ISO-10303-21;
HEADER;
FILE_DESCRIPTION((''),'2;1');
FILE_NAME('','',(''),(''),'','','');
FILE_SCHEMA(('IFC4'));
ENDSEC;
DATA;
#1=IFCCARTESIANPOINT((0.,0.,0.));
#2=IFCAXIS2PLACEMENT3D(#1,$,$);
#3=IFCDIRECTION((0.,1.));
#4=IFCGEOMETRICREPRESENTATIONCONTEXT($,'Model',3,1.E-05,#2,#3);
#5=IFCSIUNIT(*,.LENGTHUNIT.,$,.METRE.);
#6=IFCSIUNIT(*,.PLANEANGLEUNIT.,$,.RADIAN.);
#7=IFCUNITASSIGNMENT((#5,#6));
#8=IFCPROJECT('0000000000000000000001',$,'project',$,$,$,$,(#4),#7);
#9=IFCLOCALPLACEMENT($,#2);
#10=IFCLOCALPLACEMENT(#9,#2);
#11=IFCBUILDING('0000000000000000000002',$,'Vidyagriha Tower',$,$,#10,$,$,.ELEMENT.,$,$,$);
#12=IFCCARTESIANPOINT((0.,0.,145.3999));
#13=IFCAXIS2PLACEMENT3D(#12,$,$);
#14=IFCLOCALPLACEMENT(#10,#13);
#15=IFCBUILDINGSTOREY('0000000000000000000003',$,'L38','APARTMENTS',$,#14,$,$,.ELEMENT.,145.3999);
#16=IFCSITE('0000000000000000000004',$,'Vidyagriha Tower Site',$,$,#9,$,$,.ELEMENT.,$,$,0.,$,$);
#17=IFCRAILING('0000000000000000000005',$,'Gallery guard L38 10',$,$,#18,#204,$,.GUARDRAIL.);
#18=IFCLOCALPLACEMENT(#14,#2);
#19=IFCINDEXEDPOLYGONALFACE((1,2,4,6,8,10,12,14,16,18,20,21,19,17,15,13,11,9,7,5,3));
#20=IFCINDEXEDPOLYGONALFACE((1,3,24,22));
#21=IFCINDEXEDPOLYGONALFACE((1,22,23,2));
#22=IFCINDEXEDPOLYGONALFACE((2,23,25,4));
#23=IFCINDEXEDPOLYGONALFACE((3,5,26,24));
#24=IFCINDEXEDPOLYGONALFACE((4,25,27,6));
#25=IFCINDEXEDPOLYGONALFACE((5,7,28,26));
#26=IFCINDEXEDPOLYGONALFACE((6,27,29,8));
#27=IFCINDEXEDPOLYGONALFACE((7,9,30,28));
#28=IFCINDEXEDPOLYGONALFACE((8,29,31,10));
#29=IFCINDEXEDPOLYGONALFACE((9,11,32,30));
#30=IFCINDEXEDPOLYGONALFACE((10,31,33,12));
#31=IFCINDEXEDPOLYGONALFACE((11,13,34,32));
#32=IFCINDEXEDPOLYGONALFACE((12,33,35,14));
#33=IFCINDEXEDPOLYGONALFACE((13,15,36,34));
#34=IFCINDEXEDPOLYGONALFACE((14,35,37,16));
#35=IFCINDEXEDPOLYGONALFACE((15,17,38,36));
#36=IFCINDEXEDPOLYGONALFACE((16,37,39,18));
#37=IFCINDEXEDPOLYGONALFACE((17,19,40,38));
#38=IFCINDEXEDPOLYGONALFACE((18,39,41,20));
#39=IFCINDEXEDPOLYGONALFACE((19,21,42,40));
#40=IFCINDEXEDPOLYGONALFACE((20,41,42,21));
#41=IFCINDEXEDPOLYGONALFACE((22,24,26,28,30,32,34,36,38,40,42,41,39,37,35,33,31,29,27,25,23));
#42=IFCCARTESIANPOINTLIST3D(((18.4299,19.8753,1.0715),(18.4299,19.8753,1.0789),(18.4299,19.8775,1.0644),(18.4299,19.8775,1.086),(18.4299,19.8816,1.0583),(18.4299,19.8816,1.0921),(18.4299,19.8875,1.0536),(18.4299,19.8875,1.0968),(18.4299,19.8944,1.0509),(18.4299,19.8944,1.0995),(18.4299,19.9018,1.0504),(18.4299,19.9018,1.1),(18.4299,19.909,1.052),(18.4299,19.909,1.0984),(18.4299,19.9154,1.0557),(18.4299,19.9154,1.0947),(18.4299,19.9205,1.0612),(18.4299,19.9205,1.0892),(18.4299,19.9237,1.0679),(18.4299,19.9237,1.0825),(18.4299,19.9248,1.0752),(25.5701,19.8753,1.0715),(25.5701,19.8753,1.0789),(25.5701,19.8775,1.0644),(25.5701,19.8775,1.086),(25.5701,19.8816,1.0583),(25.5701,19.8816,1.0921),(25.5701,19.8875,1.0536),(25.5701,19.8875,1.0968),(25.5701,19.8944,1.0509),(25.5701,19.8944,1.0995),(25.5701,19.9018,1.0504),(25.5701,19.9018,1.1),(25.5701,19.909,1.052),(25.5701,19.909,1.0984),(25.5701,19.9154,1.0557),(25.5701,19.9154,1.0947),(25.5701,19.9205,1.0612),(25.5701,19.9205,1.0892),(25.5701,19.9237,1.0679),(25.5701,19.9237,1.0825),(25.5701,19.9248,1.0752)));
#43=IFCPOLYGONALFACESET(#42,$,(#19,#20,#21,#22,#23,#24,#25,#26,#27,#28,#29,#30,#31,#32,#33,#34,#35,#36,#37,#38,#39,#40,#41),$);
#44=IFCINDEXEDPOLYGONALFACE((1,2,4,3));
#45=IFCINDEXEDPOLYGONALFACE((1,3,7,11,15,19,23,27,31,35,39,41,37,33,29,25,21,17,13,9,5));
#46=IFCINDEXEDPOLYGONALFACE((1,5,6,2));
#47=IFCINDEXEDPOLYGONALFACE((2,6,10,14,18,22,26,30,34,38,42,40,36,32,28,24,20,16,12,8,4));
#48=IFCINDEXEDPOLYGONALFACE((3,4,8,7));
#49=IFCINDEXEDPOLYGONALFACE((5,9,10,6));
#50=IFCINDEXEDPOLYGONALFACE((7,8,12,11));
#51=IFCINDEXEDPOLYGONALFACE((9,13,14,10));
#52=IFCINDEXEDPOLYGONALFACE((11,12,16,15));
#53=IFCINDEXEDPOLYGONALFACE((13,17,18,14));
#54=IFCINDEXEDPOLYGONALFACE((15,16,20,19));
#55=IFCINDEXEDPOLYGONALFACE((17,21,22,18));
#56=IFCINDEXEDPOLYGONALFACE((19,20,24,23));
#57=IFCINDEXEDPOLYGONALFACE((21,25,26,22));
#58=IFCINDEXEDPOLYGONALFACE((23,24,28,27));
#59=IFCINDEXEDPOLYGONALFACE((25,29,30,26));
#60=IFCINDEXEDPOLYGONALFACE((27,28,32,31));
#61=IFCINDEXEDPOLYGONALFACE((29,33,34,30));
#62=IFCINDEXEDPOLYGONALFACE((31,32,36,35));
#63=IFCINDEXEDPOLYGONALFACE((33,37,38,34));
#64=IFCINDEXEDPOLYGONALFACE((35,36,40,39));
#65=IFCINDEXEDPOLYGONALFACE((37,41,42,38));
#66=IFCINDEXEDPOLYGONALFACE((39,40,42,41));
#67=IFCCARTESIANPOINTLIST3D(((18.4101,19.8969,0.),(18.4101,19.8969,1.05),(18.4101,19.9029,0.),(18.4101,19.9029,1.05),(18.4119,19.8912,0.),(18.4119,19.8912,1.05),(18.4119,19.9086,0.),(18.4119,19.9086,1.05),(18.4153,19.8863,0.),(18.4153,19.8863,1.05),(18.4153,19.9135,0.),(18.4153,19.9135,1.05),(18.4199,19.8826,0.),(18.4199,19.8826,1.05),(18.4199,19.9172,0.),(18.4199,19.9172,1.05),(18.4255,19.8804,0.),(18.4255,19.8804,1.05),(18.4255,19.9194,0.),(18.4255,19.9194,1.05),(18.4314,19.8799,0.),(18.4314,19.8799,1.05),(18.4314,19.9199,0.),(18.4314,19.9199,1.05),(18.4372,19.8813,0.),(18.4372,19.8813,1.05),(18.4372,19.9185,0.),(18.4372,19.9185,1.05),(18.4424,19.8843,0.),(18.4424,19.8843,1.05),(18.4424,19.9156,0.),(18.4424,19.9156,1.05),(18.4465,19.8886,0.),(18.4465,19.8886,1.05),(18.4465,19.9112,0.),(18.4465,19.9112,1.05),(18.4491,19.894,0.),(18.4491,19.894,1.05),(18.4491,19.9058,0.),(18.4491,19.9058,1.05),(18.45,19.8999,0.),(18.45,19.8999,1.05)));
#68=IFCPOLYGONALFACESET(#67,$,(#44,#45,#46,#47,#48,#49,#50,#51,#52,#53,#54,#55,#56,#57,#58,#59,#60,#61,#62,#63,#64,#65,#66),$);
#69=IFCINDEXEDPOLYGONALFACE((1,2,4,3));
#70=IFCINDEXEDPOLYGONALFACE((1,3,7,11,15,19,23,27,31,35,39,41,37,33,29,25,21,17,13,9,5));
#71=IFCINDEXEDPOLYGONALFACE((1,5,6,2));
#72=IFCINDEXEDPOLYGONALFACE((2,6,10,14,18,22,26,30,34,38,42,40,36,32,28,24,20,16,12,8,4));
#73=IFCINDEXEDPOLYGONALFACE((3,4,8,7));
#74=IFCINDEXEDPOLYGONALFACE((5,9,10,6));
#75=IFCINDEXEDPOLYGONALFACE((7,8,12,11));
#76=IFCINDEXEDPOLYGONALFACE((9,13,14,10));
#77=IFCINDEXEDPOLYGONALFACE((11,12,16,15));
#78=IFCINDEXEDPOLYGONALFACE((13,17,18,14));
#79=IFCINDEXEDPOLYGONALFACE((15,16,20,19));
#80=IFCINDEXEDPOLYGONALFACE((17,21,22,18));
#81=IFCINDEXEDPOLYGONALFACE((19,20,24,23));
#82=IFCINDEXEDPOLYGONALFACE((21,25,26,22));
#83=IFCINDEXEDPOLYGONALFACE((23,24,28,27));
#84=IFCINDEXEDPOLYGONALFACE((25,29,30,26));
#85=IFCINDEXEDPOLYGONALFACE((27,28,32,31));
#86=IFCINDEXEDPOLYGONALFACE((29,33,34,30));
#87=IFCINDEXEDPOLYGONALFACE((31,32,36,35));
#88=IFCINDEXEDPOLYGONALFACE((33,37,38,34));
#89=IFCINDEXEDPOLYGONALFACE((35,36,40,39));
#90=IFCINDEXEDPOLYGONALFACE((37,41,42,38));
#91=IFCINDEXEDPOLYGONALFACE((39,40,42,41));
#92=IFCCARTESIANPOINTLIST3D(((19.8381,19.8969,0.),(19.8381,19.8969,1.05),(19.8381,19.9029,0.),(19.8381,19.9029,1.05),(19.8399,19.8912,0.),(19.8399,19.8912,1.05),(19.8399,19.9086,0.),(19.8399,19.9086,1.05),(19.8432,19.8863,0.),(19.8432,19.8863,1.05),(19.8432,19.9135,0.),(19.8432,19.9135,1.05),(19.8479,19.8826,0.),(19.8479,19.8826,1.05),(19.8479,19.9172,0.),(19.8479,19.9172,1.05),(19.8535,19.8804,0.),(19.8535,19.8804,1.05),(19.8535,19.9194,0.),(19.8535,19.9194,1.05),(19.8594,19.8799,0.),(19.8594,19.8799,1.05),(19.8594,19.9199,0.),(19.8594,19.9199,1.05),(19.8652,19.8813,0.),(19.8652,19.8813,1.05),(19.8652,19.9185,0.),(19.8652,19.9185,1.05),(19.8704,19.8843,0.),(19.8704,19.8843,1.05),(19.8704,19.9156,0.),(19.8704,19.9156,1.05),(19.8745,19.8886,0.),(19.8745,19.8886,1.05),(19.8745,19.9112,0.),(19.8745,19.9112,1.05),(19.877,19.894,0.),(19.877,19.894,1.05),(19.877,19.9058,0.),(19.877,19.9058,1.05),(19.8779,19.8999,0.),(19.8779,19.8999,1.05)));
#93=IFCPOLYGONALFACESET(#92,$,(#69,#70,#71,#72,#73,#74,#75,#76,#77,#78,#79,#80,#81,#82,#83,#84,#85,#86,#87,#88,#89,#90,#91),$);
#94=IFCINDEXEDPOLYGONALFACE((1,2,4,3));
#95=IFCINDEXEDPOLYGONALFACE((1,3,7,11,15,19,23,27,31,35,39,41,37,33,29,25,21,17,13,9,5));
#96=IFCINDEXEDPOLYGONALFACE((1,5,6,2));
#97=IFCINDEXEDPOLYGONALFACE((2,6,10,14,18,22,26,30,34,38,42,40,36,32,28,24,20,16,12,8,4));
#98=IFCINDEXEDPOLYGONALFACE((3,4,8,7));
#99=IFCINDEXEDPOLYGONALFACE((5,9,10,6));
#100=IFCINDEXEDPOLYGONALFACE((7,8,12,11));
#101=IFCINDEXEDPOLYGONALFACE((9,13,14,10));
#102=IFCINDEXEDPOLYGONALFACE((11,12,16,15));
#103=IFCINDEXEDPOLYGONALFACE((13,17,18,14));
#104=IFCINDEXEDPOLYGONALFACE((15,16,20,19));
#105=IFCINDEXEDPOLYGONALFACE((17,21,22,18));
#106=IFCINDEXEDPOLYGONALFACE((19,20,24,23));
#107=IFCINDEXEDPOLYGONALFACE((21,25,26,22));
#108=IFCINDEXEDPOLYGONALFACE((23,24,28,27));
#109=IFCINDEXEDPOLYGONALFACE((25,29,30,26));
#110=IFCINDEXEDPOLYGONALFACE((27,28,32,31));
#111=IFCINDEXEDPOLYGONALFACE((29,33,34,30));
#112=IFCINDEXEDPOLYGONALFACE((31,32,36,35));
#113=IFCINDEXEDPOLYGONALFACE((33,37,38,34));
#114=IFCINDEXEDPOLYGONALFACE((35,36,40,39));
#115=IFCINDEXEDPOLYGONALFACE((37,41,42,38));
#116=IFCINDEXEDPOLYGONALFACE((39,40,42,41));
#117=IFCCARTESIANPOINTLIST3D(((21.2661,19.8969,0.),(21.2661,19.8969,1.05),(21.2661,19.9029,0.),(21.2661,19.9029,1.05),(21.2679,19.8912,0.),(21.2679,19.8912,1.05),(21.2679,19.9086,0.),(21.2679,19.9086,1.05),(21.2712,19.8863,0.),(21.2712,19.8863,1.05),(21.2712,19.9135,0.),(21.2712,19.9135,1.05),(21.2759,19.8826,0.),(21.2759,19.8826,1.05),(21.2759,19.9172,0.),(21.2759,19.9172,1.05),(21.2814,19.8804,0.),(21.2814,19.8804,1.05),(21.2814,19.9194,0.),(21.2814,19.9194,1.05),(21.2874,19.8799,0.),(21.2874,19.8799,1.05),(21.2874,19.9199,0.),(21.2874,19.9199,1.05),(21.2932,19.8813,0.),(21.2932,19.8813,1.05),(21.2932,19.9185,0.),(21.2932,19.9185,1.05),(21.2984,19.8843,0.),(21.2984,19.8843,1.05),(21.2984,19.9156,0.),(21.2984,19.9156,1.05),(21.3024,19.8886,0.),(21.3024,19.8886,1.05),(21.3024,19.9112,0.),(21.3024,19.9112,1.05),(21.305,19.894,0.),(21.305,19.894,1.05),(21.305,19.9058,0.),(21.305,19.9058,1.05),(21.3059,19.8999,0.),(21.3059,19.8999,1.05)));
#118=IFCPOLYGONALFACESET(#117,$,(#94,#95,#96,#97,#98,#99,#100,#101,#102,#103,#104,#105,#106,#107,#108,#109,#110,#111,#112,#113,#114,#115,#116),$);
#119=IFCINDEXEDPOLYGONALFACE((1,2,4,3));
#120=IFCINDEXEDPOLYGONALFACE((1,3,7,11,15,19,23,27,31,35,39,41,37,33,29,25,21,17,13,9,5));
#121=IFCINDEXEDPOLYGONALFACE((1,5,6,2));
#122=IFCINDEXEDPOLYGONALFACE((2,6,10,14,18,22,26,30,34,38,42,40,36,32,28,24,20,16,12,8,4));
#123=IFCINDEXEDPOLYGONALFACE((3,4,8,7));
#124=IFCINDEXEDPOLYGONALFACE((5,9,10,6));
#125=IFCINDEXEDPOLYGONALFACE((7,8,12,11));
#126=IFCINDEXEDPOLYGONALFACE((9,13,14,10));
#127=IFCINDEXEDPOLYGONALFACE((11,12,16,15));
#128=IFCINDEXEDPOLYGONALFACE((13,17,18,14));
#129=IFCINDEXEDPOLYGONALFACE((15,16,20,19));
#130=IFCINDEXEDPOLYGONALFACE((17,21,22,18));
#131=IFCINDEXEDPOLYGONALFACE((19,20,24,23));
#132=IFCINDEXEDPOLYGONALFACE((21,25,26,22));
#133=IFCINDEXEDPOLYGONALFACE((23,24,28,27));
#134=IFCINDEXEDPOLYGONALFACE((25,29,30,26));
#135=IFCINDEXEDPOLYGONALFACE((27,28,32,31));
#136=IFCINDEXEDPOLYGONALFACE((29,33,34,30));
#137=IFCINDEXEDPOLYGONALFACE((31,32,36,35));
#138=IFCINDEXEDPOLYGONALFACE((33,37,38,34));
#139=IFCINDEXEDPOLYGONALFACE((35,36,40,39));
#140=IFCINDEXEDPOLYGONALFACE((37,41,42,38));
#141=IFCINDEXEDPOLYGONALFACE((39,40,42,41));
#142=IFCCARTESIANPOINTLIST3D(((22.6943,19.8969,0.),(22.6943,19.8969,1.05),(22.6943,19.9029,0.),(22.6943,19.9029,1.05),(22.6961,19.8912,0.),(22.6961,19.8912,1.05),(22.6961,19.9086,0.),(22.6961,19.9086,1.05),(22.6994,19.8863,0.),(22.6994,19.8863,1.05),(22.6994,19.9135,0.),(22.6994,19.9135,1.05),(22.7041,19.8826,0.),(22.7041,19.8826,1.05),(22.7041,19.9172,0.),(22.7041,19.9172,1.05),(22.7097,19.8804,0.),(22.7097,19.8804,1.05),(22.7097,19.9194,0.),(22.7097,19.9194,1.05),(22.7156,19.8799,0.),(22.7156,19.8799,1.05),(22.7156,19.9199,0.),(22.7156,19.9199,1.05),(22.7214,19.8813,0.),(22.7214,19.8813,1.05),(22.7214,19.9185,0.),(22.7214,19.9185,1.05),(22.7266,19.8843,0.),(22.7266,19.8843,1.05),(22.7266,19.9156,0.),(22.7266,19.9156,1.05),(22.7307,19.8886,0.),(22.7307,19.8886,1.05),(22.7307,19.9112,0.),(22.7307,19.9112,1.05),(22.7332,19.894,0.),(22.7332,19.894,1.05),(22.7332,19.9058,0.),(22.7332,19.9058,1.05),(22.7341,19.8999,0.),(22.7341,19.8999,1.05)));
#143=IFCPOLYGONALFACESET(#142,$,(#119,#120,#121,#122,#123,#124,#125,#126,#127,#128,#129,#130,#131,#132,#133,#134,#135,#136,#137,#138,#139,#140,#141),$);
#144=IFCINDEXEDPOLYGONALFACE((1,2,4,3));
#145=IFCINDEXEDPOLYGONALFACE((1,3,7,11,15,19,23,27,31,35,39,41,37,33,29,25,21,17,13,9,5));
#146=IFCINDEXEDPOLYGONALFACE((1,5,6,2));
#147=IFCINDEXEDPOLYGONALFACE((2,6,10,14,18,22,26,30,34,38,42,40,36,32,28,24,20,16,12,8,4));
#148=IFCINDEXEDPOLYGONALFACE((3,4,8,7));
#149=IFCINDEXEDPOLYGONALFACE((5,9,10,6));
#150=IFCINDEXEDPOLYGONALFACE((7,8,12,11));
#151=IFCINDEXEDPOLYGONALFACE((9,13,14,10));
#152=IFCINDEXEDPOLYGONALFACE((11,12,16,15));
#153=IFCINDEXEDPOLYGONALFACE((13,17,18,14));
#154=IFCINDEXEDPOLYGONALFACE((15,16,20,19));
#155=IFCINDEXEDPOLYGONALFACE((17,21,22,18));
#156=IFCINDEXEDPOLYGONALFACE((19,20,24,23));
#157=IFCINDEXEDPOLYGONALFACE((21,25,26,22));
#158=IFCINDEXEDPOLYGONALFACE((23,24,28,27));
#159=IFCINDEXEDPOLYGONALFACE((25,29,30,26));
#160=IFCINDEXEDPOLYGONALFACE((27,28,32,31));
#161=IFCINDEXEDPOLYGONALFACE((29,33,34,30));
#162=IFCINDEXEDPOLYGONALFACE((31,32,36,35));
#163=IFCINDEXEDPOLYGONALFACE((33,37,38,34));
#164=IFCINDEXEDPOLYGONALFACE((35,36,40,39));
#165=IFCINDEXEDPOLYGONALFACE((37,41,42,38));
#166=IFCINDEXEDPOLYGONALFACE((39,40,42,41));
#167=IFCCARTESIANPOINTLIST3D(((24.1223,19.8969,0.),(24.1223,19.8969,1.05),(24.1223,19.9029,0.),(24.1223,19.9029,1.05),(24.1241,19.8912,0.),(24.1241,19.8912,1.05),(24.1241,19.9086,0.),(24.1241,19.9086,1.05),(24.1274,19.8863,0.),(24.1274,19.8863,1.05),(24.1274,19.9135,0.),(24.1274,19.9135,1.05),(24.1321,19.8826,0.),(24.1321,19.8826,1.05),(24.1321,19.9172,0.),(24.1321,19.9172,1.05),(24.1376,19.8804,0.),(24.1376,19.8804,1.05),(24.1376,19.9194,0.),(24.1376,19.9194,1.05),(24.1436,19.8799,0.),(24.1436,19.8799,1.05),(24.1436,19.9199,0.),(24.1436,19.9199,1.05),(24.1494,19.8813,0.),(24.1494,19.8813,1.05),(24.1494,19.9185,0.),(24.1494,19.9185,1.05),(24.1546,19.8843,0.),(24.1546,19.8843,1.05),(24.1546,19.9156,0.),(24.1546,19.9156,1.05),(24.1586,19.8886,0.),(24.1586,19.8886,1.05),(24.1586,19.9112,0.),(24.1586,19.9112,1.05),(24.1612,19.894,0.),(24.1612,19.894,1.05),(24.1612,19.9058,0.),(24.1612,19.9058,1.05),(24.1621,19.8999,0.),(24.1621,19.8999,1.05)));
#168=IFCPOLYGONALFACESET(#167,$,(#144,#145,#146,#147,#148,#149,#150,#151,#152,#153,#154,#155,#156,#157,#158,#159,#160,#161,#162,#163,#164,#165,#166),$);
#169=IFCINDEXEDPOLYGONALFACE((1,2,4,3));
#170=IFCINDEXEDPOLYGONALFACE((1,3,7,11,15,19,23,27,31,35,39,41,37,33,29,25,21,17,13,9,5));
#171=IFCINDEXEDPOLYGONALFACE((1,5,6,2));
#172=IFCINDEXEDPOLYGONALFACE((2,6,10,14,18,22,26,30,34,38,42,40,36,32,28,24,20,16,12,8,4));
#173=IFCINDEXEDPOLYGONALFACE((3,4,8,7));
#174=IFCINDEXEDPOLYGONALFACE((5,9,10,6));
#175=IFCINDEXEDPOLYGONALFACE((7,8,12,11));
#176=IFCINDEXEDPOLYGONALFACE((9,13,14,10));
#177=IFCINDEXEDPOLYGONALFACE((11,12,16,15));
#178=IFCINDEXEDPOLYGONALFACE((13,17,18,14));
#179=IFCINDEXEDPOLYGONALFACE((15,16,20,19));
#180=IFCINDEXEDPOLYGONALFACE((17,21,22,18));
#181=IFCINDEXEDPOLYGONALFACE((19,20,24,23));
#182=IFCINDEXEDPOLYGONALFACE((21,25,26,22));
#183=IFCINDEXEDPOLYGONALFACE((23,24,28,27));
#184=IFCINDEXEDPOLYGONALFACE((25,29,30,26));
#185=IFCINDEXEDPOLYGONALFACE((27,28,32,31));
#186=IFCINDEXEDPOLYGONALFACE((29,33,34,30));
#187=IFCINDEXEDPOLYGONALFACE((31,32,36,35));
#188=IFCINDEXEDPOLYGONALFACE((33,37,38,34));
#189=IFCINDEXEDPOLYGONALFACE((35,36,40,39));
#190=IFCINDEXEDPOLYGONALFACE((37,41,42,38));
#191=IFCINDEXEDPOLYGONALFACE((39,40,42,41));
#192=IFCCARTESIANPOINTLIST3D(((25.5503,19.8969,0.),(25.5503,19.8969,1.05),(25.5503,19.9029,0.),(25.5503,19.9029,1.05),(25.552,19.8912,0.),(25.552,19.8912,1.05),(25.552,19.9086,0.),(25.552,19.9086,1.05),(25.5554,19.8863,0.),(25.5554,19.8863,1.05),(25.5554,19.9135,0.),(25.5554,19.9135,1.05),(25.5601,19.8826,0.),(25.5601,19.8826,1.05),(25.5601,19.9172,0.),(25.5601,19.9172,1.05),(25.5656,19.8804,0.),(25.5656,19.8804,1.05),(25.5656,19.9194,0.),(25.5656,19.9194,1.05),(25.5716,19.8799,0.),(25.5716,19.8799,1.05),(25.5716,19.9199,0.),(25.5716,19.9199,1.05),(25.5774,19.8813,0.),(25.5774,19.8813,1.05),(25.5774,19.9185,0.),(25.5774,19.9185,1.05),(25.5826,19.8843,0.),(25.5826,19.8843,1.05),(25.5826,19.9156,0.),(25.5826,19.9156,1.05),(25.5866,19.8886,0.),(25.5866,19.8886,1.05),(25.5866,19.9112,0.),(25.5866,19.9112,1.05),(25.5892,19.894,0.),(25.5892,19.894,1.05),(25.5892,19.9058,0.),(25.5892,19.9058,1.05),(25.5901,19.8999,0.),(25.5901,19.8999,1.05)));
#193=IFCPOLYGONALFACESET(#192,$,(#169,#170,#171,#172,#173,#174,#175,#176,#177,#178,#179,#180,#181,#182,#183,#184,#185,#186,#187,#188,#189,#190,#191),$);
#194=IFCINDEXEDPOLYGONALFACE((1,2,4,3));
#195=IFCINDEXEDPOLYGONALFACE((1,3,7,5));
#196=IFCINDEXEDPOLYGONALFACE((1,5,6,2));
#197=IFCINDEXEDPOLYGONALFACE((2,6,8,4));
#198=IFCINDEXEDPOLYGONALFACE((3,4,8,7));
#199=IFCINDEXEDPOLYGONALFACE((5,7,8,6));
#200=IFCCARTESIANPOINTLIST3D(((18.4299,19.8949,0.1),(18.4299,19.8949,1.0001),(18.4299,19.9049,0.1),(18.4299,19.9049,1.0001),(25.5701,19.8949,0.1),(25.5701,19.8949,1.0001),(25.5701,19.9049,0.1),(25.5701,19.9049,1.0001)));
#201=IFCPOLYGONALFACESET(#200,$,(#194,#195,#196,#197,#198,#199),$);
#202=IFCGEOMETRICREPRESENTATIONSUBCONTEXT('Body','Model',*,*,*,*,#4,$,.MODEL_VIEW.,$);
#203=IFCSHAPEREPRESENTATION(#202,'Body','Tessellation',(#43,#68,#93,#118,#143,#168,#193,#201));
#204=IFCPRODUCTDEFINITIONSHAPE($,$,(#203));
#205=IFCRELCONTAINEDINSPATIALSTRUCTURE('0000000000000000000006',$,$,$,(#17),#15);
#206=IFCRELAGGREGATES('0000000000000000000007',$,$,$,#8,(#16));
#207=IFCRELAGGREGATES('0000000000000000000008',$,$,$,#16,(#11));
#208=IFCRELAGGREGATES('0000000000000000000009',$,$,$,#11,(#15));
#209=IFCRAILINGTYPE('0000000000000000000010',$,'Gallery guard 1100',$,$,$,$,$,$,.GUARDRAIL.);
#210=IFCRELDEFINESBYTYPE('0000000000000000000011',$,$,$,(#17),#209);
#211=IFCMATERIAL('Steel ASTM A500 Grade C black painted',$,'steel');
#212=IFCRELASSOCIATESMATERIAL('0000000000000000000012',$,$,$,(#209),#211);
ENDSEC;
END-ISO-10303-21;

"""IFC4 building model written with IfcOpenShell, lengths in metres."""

from ifc_helpers import new_model, si_unit, direction, frame, origin, origin_2d, place, context, subcontext, project, spatial, rectangle, circle, extrude, material, type_object, element, save


model = new_model("IFC4")

# Units and contexts
model_context = context("Model", 3, precision=1e-05, world=origin(), true_north=direction((0.0, 1.0)))
body_context = subcontext(model_context, "Body", "Model", "MODEL_VIEW")
ifc_project = project(units=[si_unit("LENGTHUNIT", "METRE"), si_unit("PLANEANGLEUNIT", "RADIAN")], contexts=[model_context])

# Site, building, storey
site_placement = place(None, origin())
site = spatial("IfcSite", under=ifc_project, at=site_placement, Name="Vidyagriha Tower Site", CompositionType="ELEMENT", RefElevation=0.0)
building_placement = place(site_placement, origin())
building = spatial("IfcBuilding", under=site, at=building_placement, Name="Vidyagriha Tower", CompositionType="ELEMENT")
storey_placement = place(building_placement, frame((0.0, 0.0, 145.3999)))
storey = spatial("IfcBuildingStorey", under=building, at=storey_placement, Name="L38", Description="APARTMENTS", CompositionType="ELEMENT", Elevation=145.3999)

# Railing
ifc_material_1 = material(Name="Steel ASTM A500 Grade C black painted", Category="steel")
railing_type = type_object("IfcRailingType", Name="Gallery guard 1100", PredefinedType="GUARDRAIL", material=ifc_material_1)
railing_1_placement = place(storey_placement, frame((18.4299, 19.8999, 0.0)))
element("IfcRailing", 1, at=railing_1_placement, inside=storey, type_object=railing_type, Name="Gallery guard L38 10", PredefinedType="GUARDRAIL", context=body_context, shape_type="SweptSolid", body=[
    extrude(circle(Radius=0.0249, at=origin_2d()), frame((0.0, 0.0, 1.0752), z_axis=(1.0, 0.0, 0.0), x_axis=(0.0, 1.0, 0.0)), (0.0, 0.0, 1.0), 7.1401),
    extrude(circle(Radius=0.02, at=origin_2d()), origin(), (0.0, 0.0, 1.0), 1.05),
    extrude(circle(Radius=0.02, at=origin_2d()), frame((1.428, 0.0, 0.0)), (0.0, 0.0, 1.0), 1.05),
    extrude(circle(Radius=0.02, at=origin_2d()), frame((2.856, 0.0, 0.0)), (0.0, 0.0, 1.0), 1.05),
    extrude(circle(Radius=0.02, at=origin_2d()), frame((4.2842, 0.0, 0.0)), (0.0, 0.0, 1.0), 1.05),
    extrude(circle(Radius=0.02, at=origin_2d()), frame((5.7122, 0.0, 0.0)), (0.0, 0.0, 1.0), 1.05),
    extrude(circle(Radius=0.02, at=origin_2d()), frame((7.1401, 0.0, 0.0)), (0.0, 0.0, 1.0), 1.05),
    extrude(rectangle(XDim=0.01, YDim=0.9001, at=origin_2d()), frame((0.0, 0.0, 0.55), z_axis=(1.0, 0.0, 0.0), x_axis=(0.0, 1.0, 0.0)), (0.0, 0.0, 1.0), 7.1401),
])

save(model, "model.ifc")
